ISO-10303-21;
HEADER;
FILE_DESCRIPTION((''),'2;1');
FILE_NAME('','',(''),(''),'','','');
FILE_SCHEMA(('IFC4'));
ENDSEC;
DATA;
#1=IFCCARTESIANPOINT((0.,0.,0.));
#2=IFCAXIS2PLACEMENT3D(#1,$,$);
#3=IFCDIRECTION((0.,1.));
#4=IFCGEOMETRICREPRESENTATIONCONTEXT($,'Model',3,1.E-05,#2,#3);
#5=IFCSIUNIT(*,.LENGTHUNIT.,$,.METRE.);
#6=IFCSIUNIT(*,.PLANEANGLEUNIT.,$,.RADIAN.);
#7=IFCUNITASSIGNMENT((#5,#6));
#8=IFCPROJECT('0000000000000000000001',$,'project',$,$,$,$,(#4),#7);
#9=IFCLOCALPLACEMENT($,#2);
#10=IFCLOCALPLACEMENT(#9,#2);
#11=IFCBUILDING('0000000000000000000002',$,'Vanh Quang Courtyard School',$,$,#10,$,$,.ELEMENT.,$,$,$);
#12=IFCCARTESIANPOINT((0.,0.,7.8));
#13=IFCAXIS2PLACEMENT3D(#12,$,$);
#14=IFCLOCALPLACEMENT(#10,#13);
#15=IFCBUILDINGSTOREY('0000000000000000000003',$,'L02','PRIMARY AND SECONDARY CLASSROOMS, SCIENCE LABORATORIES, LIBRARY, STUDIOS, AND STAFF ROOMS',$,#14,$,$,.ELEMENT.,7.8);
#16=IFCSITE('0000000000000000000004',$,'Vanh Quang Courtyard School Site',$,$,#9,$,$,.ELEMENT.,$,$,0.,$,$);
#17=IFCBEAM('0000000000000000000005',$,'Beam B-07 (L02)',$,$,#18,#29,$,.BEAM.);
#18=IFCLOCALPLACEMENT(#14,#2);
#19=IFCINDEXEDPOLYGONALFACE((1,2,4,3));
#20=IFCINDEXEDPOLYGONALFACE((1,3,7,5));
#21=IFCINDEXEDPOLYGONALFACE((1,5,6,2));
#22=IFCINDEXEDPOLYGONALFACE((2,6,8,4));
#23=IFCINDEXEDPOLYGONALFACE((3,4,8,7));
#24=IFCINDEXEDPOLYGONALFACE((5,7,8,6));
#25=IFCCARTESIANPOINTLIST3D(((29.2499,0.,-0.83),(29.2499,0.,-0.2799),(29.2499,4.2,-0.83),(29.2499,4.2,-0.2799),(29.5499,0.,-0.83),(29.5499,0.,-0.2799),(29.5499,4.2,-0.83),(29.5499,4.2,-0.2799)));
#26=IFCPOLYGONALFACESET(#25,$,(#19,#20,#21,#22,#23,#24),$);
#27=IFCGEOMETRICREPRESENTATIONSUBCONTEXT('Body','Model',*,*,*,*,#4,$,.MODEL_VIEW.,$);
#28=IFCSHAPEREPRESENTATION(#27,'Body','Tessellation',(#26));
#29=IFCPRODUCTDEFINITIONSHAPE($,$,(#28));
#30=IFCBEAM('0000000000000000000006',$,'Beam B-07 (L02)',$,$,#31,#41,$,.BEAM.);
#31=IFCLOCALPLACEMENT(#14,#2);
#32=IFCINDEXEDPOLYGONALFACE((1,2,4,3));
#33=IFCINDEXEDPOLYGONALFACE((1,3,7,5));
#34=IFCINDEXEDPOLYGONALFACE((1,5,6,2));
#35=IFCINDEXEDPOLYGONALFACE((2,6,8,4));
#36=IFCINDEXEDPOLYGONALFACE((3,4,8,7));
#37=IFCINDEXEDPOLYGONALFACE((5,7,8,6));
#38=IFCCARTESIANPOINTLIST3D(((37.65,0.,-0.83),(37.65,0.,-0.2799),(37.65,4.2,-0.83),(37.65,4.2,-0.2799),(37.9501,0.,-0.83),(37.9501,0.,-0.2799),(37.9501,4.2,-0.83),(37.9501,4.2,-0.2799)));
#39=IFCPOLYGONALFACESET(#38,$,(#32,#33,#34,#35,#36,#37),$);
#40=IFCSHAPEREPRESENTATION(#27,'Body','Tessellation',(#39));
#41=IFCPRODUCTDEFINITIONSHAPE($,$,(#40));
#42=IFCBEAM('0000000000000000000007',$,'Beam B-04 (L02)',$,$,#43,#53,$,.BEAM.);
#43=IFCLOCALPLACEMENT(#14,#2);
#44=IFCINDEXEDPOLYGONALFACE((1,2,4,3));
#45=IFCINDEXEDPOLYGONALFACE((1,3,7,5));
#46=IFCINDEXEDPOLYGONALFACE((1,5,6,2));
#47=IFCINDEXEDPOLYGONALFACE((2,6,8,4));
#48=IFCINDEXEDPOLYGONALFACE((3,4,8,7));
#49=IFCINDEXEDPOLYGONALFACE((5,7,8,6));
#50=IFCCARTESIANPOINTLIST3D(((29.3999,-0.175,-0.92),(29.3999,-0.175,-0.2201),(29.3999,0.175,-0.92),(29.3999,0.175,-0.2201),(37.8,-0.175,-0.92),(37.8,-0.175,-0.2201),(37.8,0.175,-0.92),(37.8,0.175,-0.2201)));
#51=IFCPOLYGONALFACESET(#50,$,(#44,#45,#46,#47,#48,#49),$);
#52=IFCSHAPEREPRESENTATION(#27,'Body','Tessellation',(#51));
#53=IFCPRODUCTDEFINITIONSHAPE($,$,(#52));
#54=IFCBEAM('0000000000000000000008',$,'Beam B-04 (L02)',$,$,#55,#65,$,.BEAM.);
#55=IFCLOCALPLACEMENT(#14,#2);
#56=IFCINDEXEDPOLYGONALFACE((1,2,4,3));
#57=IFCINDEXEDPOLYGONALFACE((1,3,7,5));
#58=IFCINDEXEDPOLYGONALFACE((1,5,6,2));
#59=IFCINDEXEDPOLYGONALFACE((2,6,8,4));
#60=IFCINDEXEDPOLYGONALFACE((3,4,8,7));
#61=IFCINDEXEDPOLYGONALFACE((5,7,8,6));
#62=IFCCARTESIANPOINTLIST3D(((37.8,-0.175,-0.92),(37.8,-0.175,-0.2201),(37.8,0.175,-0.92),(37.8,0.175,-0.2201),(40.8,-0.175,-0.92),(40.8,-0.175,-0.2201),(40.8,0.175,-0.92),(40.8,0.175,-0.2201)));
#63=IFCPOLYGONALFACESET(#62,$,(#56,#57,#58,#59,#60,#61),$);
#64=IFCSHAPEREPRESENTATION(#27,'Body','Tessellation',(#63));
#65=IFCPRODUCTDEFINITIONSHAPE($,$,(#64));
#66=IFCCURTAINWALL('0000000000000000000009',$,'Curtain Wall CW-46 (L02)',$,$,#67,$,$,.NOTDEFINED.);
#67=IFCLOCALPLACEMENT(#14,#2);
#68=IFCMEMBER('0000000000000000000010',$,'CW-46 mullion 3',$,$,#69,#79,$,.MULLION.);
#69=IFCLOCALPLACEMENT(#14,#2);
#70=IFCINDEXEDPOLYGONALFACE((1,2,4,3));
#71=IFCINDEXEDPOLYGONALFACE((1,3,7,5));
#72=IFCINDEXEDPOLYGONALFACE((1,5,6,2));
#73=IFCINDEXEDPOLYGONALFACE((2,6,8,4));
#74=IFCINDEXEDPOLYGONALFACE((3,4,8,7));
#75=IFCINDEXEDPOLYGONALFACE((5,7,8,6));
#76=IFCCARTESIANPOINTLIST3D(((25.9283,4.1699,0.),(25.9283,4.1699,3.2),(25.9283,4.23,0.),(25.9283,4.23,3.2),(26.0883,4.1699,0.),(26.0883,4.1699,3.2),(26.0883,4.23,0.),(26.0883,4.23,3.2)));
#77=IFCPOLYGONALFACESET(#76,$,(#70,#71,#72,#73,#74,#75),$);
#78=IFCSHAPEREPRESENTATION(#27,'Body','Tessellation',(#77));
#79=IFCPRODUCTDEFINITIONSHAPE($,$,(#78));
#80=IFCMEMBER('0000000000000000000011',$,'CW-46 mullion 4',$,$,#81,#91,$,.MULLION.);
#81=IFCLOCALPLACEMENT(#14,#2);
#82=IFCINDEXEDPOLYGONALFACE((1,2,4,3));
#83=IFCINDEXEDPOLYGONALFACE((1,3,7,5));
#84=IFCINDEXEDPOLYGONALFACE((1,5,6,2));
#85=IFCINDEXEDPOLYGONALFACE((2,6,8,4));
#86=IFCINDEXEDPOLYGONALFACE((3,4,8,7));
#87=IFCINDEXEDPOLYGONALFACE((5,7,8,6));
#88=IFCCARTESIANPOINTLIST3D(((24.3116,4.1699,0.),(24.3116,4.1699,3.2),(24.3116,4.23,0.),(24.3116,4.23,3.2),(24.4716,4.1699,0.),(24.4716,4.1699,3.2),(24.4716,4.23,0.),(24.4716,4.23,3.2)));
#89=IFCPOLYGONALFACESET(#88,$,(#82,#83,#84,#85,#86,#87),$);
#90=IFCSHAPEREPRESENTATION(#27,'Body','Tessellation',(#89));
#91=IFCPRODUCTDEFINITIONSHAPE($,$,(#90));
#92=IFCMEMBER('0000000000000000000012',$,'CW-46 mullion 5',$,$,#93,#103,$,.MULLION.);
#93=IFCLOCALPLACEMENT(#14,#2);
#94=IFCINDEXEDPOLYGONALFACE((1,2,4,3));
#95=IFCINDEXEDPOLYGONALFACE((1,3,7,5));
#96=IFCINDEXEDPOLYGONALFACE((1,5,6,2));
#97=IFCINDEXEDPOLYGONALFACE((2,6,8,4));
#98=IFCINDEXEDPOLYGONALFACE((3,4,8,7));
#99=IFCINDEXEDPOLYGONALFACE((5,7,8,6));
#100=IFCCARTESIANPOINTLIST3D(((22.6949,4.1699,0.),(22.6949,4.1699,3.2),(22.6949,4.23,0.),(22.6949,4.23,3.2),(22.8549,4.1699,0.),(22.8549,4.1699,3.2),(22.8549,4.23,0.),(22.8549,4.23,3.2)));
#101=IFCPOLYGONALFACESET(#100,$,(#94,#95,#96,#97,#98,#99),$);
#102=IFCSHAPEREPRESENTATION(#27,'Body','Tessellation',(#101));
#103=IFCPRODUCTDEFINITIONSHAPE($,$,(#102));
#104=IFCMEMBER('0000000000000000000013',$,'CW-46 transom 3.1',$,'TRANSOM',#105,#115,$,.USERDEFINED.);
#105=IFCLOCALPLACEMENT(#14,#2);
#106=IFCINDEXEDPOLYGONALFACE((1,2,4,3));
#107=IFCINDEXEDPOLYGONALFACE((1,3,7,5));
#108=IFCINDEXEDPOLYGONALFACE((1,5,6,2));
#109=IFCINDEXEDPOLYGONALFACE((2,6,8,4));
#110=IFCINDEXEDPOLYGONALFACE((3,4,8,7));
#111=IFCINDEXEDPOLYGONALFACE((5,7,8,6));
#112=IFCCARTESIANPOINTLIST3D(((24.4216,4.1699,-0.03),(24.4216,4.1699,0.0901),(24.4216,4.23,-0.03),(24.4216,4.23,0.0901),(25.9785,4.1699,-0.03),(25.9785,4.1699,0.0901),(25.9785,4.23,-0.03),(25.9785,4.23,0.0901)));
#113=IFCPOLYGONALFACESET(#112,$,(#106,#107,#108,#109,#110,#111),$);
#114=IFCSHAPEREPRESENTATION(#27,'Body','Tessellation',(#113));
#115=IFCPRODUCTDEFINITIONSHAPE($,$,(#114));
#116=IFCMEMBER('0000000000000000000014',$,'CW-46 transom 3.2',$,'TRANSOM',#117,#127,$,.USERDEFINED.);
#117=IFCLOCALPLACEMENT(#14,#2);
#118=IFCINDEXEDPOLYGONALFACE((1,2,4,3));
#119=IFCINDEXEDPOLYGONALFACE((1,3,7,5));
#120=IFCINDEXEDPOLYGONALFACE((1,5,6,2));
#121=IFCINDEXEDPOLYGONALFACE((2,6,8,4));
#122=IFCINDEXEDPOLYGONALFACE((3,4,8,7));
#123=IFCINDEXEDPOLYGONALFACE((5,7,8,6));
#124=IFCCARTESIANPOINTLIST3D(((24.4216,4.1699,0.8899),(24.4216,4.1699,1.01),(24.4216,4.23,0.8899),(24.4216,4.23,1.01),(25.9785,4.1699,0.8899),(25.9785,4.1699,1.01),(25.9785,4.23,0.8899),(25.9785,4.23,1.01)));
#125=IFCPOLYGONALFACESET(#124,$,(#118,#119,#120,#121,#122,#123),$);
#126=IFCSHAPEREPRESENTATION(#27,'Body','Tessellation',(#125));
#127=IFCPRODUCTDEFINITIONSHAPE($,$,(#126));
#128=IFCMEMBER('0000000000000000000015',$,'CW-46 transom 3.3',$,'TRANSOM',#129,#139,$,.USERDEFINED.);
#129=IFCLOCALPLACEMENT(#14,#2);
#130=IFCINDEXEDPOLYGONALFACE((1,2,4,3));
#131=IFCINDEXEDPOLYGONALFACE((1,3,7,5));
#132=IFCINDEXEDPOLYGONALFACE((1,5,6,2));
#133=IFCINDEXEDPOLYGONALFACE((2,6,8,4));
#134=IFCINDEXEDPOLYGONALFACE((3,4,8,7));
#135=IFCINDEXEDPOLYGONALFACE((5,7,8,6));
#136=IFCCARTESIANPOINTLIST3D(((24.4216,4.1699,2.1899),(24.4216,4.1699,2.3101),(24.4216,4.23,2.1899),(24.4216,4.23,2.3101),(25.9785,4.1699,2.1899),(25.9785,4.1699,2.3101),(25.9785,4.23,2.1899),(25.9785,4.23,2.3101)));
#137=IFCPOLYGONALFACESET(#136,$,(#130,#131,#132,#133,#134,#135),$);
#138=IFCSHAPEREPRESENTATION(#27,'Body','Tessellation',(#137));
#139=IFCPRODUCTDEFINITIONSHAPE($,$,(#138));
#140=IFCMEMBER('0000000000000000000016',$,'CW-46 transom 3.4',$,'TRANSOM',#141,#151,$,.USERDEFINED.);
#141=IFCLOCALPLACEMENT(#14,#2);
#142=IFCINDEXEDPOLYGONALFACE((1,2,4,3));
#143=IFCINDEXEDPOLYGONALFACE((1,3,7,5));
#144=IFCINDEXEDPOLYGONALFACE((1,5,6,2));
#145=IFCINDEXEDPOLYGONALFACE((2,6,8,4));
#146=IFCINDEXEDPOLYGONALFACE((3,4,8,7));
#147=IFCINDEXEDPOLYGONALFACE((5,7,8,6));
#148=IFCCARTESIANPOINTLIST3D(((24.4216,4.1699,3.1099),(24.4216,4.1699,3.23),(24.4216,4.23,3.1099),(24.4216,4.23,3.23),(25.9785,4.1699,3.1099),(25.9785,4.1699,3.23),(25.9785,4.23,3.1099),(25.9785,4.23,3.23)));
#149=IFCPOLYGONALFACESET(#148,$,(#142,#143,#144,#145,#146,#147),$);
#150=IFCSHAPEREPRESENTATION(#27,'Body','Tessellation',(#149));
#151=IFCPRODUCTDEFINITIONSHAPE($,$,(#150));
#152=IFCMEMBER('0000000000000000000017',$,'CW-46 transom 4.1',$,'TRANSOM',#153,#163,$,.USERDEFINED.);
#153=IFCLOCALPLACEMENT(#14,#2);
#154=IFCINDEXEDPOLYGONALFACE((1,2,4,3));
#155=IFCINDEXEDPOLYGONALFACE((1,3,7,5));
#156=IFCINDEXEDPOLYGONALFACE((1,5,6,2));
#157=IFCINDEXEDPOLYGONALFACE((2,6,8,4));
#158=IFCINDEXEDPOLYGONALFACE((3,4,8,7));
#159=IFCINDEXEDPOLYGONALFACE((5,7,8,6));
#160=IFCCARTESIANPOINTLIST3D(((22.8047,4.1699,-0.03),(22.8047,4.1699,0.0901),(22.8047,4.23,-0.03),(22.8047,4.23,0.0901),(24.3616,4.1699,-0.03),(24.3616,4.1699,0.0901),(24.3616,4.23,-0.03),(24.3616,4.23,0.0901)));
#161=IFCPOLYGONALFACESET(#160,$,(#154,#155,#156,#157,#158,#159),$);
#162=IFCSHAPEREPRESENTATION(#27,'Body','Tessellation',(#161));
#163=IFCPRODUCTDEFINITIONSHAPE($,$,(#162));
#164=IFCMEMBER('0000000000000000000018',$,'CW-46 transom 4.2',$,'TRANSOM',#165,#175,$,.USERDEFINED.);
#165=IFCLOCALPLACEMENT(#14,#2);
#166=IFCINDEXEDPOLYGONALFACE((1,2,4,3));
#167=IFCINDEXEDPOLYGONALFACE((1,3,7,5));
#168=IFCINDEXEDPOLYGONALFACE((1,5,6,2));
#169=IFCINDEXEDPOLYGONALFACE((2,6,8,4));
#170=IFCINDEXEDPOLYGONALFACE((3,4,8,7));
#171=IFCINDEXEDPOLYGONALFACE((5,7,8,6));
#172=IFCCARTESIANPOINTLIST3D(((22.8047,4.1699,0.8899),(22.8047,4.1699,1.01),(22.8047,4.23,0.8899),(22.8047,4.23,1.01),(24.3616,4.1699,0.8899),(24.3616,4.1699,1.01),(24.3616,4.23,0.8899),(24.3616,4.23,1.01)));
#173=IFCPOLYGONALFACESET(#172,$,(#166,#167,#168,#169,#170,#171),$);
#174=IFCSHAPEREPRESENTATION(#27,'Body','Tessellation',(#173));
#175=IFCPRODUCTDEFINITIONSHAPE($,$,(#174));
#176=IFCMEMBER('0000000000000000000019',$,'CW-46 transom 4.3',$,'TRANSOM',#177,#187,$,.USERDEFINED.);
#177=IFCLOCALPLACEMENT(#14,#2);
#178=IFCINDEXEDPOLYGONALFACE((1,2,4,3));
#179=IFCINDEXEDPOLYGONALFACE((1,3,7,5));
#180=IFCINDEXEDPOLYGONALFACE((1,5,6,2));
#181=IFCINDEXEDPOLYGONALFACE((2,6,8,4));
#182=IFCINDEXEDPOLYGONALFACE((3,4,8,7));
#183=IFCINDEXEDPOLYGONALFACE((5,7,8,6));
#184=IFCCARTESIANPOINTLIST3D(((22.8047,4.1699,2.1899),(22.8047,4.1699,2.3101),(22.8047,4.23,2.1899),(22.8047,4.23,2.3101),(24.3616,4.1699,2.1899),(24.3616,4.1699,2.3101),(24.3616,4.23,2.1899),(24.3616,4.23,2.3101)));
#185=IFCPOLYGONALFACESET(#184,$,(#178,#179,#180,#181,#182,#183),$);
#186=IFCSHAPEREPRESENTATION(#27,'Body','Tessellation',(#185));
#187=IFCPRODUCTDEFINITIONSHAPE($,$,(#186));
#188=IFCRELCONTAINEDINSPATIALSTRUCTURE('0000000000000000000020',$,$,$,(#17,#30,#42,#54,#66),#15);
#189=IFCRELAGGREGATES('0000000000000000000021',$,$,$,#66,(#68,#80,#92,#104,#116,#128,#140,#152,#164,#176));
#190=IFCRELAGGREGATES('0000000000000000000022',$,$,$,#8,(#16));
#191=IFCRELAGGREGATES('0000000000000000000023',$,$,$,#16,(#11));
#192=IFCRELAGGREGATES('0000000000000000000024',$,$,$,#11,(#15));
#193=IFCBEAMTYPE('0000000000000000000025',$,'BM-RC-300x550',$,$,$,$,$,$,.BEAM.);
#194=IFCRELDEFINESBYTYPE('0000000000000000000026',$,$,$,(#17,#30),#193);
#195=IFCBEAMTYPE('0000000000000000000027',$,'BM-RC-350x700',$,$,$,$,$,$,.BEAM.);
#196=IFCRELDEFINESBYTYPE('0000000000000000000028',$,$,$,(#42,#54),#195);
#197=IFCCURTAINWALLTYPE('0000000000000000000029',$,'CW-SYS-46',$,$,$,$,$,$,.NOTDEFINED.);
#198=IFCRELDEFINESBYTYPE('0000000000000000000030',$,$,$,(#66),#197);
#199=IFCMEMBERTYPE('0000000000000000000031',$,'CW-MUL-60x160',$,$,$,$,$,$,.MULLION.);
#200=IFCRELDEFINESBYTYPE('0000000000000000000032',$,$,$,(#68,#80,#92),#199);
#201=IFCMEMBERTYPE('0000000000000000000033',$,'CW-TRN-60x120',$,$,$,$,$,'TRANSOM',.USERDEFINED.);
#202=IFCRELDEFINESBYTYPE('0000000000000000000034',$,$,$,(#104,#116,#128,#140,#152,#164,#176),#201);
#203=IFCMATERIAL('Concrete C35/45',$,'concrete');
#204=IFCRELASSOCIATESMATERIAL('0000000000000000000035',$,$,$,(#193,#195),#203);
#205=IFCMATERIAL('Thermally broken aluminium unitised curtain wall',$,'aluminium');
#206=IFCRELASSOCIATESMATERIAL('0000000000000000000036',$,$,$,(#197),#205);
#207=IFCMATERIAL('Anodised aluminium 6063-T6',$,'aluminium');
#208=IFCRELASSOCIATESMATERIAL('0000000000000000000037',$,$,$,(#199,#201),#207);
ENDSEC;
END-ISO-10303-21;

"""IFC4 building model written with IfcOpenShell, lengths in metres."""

from ifc_helpers import new_model, si_unit, direction, frame, origin, origin_2d, place, context, subcontext, project, spatial, rectangle, extrude, material, material_profile, profile_set, type_object, element, aggregate, save


model = new_model("IFC4")

# Units and contexts
model_context = context("Model", 3, precision=1e-05, world=origin(), true_north=direction((0.0, 1.0)))
body_context = subcontext(model_context, "Body", "Model", "MODEL_VIEW")
ifc_project = project(units=[si_unit("LENGTHUNIT", "METRE"), si_unit("PLANEANGLEUNIT", "RADIAN")], contexts=[model_context])

# Site, building, storey
site_placement = place(None, origin())
site = spatial("IfcSite", under=ifc_project, at=site_placement, Name="Vanh Quang Courtyard School Site", CompositionType="ELEMENT", RefElevation=0.0)
building_placement = place(site_placement, origin())
building = spatial("IfcBuilding", under=site, at=building_placement, Name="Vanh Quang Courtyard School", CompositionType="ELEMENT")
storey_placement = place(building_placement, frame((0.0, 0.0, 7.8)))
storey = spatial("IfcBuildingStorey", under=building, at=storey_placement, Name="L02", Description="PRIMARY AND SECONDARY CLASSROOMS, SCIENCE LABORATORIES, LIBRARY, STUDIOS, AND STAFF ROOMS", CompositionType="ELEMENT", Elevation=7.8)

# Beams
ifc_material_1 = material(Name="Concrete C35/45", Category="concrete")
ifc_material_profile_1 = material_profile(ifc_material_1, rectangle(XDim=0.3, YDim=0.55, at=origin_2d()), Name="RC-BM 300x550")
ifc_profile_set_1 = profile_set([ifc_material_profile_1], Name="Concrete C35/45")
beam_type_1 = type_object("IfcBeamType", Name="BM-RC-300x550", PredefinedType="BEAM", material=ifc_profile_set_1)
for number, where, z_axis, x_axis, name in (
    (1, (29.3999, 0.0, -0.5549), (0.0, 1.0, 0.0), (-1.0, 0.0, 0.0), "Beam B-07 (L02)"),
    (2, (37.8, 0.0, -0.5549), (0.0, 1.0, 0.0), (-1.0, 0.0, 0.0), "Beam B-07 (L02)"),
):
    element("IfcBeam", number, at=place(storey_placement, frame(where, z_axis=z_axis, x_axis=x_axis)), inside=storey, type_object=beam_type_1, Name=name, PredefinedType="BEAM", context=body_context, shape_type="SweptSolid", body=[
        extrude(rectangle(XDim=0.3, YDim=0.55, at=origin_2d()), origin(), (0.0, 0.0, 1.0), 4.2),
    ])
ifc_material_profile_2 = material_profile(ifc_material_1, rectangle(XDim=0.3501, YDim=0.7, at=origin_2d()), Name="RC-BM 350x700")
ifc_profile_set_2 = profile_set([ifc_material_profile_2], Name="Concrete C35/45")
beam_type_2 = type_object("IfcBeamType", Name="BM-RC-350x700", PredefinedType="BEAM", material=ifc_profile_set_2)
beam_1_placement = place(storey_placement, frame((29.3999, 0.0, -0.5701), z_axis=(1.0, 0.0, 0.0), x_axis=(0.0, 1.0, 0.0)))
element("IfcBeam", 3, at=beam_1_placement, inside=storey, type_object=beam_type_2, Name="Beam B-04 (L02)", PredefinedType="BEAM", context=body_context, shape_type="SweptSolid", body=[
    extrude(rectangle(XDim=0.3501, YDim=0.7, at=origin_2d()), origin(), (0.0, 0.0, 1.0), 8.4001),
])
beam_2_placement = place(storey_placement, frame((37.8, 0.0, -0.5701), z_axis=(1.0, 0.0, 0.0), x_axis=(0.0, 1.0, 0.0)))
element("IfcBeam", 4, at=beam_2_placement, inside=storey, type_object=beam_type_2, Name="Beam B-04 (L02)", PredefinedType="BEAM", context=body_context, shape_type="SweptSolid", body=[
    extrude(rectangle(XDim=0.3501, YDim=0.7, at=origin_2d()), origin(), (0.0, 0.0, 1.0), 3.0),
])

# Curtain wall, members
ifc_material_2 = material(Name="Thermally broken aluminium unitised curtain wall", Category="aluminium")
curtain_wall_type = type_object("IfcCurtainWallType", Name="CW-SYS-46", PredefinedType="NOTDEFINED", material=ifc_material_2)
curtain_wall_placement = place(storey_placement, origin())
curtain_wall = element("IfcCurtainWall", 5, at=curtain_wall_placement, inside=storey, type_object=curtain_wall_type, Name="Curtain Wall CW-46 (L02)", PredefinedType="NOTDEFINED")
ifc_material_3 = material(Name="Anodised aluminium 6063-T6", Category="aluminium")
ifc_material_profile_3 = material_profile(ifc_material_3, rectangle(XDim=0.0601, YDim=0.1599, at=origin_2d()), Name="ALU-MUL 60x160")
ifc_profile_set_3 = profile_set([ifc_material_profile_3], Name="Anodised aluminium 6063-T6")
member_type_1 = type_object("IfcMemberType", Name="CW-MUL-60x160", PredefinedType="MULLION", material=ifc_profile_set_3)
member_1_placement = place(storey_placement, frame((26.0083, 4.2, 0.0), z_axis=(0.0, 0.0, 1.0), x_axis=(0.0, -1.0, 0.0)))
member_1 = element("IfcMember", 6, at=member_1_placement, type_object=member_type_1, Name="CW-46 mullion 3", PredefinedType="MULLION", context=body_context, shape_type="SweptSolid", body=[
    extrude(rectangle(XDim=0.0601, YDim=0.1599, at=origin_2d()), origin(), (0.0, 0.0, 1.0), 3.2),
])
member_2_placement = place(storey_placement, frame((24.3916, 4.2, 0.0), z_axis=(0.0, 0.0, 1.0), x_axis=(0.0, -1.0, 0.0)))
member_2 = element("IfcMember", 7, at=member_2_placement, type_object=member_type_1, Name="CW-46 mullion 4", PredefinedType="MULLION", context=body_context, shape_type="SweptSolid", body=[
    extrude(rectangle(XDim=0.0601, YDim=0.1599, at=origin_2d()), origin(), (0.0, 0.0, 1.0), 3.2),
])
member_3_placement = place(storey_placement, frame((22.7749, 4.2, 0.0), z_axis=(0.0, 0.0, 1.0), x_axis=(0.0, -1.0, 0.0)))
member_3 = element("IfcMember", 8, at=member_3_placement, type_object=member_type_1, Name="CW-46 mullion 5", PredefinedType="MULLION", context=body_context, shape_type="SweptSolid", body=[
    extrude(rectangle(XDim=0.0601, YDim=0.1599, at=origin_2d()), origin(), (0.0, 0.0, 1.0), 3.2),
])
ifc_material_profile_4 = material_profile(ifc_material_3, rectangle(XDim=0.0601, YDim=0.1201, at=origin_2d()), Name="ALU-TRN 60x120")
ifc_profile_set_4 = profile_set([ifc_material_profile_4], Name="Anodised aluminium 6063-T6")
member_type_2 = type_object("IfcMemberType", Name="CW-TRN-60x120", ElementType="TRANSOM", PredefinedType="USERDEFINED", material=ifc_profile_set_4)
member_4_placement = place(storey_placement, frame((25.9785, 4.2, 0.03), z_axis=(-1.0, 0.0, 0.0), x_axis=(0.0, -1.0, 0.0)))
member_4 = element("IfcMember", 9, at=member_4_placement, type_object=member_type_2, Name="CW-46 transom 3.1", ObjectType="TRANSOM", PredefinedType="USERDEFINED", context=body_context, shape_type="SweptSolid", body=[
    extrude(rectangle(XDim=0.0601, YDim=0.1201, at=origin_2d()), origin(), (0.0, 0.0, 1.0), 1.5569),
])
member_5_placement = place(storey_placement, frame((25.9785, 4.2, 0.95), z_axis=(-1.0, 0.0, 0.0), x_axis=(0.0, -1.0, 0.0)))
member_5 = element("IfcMember", 10, at=member_5_placement, type_object=member_type_2, Name="CW-46 transom 3.2", ObjectType="TRANSOM", PredefinedType="USERDEFINED", context=body_context, shape_type="SweptSolid", body=[
    extrude(rectangle(XDim=0.0601, YDim=0.1201, at=origin_2d()), origin(), (0.0, 0.0, 1.0), 1.5569),
])
member_6_placement = place(storey_placement, frame((25.9785, 4.2, 2.25), z_axis=(-1.0, 0.0, 0.0), x_axis=(0.0, -1.0, 0.0)))
member_6 = element("IfcMember", 11, at=member_6_placement, type_object=member_type_2, Name="CW-46 transom 3.3", ObjectType="TRANSOM", PredefinedType="USERDEFINED", context=body_context, shape_type="SweptSolid", body=[
    extrude(rectangle(XDim=0.0601, YDim=0.1201, at=origin_2d()), origin(), (0.0, 0.0, 1.0), 1.5569),
])
member_7_placement = place(storey_placement, frame((25.9785, 4.2, 3.1699), z_axis=(-1.0, 0.0, 0.0), x_axis=(0.0, -1.0, 0.0)))
member_7 = element("IfcMember", 12, at=member_7_placement, type_object=member_type_2, Name="CW-46 transom 3.4", ObjectType="TRANSOM", PredefinedType="USERDEFINED", context=body_context, shape_type="SweptSolid", body=[
    extrude(rectangle(XDim=0.0601, YDim=0.1201, at=origin_2d()), origin(), (0.0, 0.0, 1.0), 1.5569),
])
member_8_placement = place(storey_placement, frame((24.3616, 4.2, 0.03), z_axis=(-1.0, 0.0, 0.0), x_axis=(0.0, -1.0, 0.0)))
member_8 = element("IfcMember", 13, at=member_8_placement, type_object=member_type_2, Name="CW-46 transom 4.1", ObjectType="TRANSOM", PredefinedType="USERDEFINED", context=body_context, shape_type="SweptSolid", body=[
    extrude(rectangle(XDim=0.0601, YDim=0.1201, at=origin_2d()), origin(), (0.0, 0.0, 1.0), 1.5569),
])
member_9_placement = place(storey_placement, frame((24.3616, 4.2, 0.95), z_axis=(-1.0, 0.0, 0.0), x_axis=(0.0, -1.0, 0.0)))
member_9 = element("IfcMember", 14, at=member_9_placement, type_object=member_type_2, Name="CW-46 transom 4.2", ObjectType="TRANSOM", PredefinedType="USERDEFINED", context=body_context, shape_type="SweptSolid", body=[
    extrude(rectangle(XDim=0.0601, YDim=0.1201, at=origin_2d()), origin(), (0.0, 0.0, 1.0), 1.5569),
])
member_10_placement = place(storey_placement, frame((24.3616, 4.2, 2.25), z_axis=(-1.0, 0.0, 0.0), x_axis=(0.0, -1.0, 0.0)))
member_10 = element("IfcMember", 15, at=member_10_placement, type_object=member_type_2, Name="CW-46 transom 4.3", ObjectType="TRANSOM", PredefinedType="USERDEFINED", context=body_context, shape_type="SweptSolid", body=[
    extrude(rectangle(XDim=0.0601, YDim=0.1201, at=origin_2d()), origin(), (0.0, 0.0, 1.0), 1.5569),
])
aggregate(curtain_wall, [member_1, member_2, member_3, member_4, member_5, member_6, member_7, member_8, member_9, member_10])

save(model, "model.ifc")
